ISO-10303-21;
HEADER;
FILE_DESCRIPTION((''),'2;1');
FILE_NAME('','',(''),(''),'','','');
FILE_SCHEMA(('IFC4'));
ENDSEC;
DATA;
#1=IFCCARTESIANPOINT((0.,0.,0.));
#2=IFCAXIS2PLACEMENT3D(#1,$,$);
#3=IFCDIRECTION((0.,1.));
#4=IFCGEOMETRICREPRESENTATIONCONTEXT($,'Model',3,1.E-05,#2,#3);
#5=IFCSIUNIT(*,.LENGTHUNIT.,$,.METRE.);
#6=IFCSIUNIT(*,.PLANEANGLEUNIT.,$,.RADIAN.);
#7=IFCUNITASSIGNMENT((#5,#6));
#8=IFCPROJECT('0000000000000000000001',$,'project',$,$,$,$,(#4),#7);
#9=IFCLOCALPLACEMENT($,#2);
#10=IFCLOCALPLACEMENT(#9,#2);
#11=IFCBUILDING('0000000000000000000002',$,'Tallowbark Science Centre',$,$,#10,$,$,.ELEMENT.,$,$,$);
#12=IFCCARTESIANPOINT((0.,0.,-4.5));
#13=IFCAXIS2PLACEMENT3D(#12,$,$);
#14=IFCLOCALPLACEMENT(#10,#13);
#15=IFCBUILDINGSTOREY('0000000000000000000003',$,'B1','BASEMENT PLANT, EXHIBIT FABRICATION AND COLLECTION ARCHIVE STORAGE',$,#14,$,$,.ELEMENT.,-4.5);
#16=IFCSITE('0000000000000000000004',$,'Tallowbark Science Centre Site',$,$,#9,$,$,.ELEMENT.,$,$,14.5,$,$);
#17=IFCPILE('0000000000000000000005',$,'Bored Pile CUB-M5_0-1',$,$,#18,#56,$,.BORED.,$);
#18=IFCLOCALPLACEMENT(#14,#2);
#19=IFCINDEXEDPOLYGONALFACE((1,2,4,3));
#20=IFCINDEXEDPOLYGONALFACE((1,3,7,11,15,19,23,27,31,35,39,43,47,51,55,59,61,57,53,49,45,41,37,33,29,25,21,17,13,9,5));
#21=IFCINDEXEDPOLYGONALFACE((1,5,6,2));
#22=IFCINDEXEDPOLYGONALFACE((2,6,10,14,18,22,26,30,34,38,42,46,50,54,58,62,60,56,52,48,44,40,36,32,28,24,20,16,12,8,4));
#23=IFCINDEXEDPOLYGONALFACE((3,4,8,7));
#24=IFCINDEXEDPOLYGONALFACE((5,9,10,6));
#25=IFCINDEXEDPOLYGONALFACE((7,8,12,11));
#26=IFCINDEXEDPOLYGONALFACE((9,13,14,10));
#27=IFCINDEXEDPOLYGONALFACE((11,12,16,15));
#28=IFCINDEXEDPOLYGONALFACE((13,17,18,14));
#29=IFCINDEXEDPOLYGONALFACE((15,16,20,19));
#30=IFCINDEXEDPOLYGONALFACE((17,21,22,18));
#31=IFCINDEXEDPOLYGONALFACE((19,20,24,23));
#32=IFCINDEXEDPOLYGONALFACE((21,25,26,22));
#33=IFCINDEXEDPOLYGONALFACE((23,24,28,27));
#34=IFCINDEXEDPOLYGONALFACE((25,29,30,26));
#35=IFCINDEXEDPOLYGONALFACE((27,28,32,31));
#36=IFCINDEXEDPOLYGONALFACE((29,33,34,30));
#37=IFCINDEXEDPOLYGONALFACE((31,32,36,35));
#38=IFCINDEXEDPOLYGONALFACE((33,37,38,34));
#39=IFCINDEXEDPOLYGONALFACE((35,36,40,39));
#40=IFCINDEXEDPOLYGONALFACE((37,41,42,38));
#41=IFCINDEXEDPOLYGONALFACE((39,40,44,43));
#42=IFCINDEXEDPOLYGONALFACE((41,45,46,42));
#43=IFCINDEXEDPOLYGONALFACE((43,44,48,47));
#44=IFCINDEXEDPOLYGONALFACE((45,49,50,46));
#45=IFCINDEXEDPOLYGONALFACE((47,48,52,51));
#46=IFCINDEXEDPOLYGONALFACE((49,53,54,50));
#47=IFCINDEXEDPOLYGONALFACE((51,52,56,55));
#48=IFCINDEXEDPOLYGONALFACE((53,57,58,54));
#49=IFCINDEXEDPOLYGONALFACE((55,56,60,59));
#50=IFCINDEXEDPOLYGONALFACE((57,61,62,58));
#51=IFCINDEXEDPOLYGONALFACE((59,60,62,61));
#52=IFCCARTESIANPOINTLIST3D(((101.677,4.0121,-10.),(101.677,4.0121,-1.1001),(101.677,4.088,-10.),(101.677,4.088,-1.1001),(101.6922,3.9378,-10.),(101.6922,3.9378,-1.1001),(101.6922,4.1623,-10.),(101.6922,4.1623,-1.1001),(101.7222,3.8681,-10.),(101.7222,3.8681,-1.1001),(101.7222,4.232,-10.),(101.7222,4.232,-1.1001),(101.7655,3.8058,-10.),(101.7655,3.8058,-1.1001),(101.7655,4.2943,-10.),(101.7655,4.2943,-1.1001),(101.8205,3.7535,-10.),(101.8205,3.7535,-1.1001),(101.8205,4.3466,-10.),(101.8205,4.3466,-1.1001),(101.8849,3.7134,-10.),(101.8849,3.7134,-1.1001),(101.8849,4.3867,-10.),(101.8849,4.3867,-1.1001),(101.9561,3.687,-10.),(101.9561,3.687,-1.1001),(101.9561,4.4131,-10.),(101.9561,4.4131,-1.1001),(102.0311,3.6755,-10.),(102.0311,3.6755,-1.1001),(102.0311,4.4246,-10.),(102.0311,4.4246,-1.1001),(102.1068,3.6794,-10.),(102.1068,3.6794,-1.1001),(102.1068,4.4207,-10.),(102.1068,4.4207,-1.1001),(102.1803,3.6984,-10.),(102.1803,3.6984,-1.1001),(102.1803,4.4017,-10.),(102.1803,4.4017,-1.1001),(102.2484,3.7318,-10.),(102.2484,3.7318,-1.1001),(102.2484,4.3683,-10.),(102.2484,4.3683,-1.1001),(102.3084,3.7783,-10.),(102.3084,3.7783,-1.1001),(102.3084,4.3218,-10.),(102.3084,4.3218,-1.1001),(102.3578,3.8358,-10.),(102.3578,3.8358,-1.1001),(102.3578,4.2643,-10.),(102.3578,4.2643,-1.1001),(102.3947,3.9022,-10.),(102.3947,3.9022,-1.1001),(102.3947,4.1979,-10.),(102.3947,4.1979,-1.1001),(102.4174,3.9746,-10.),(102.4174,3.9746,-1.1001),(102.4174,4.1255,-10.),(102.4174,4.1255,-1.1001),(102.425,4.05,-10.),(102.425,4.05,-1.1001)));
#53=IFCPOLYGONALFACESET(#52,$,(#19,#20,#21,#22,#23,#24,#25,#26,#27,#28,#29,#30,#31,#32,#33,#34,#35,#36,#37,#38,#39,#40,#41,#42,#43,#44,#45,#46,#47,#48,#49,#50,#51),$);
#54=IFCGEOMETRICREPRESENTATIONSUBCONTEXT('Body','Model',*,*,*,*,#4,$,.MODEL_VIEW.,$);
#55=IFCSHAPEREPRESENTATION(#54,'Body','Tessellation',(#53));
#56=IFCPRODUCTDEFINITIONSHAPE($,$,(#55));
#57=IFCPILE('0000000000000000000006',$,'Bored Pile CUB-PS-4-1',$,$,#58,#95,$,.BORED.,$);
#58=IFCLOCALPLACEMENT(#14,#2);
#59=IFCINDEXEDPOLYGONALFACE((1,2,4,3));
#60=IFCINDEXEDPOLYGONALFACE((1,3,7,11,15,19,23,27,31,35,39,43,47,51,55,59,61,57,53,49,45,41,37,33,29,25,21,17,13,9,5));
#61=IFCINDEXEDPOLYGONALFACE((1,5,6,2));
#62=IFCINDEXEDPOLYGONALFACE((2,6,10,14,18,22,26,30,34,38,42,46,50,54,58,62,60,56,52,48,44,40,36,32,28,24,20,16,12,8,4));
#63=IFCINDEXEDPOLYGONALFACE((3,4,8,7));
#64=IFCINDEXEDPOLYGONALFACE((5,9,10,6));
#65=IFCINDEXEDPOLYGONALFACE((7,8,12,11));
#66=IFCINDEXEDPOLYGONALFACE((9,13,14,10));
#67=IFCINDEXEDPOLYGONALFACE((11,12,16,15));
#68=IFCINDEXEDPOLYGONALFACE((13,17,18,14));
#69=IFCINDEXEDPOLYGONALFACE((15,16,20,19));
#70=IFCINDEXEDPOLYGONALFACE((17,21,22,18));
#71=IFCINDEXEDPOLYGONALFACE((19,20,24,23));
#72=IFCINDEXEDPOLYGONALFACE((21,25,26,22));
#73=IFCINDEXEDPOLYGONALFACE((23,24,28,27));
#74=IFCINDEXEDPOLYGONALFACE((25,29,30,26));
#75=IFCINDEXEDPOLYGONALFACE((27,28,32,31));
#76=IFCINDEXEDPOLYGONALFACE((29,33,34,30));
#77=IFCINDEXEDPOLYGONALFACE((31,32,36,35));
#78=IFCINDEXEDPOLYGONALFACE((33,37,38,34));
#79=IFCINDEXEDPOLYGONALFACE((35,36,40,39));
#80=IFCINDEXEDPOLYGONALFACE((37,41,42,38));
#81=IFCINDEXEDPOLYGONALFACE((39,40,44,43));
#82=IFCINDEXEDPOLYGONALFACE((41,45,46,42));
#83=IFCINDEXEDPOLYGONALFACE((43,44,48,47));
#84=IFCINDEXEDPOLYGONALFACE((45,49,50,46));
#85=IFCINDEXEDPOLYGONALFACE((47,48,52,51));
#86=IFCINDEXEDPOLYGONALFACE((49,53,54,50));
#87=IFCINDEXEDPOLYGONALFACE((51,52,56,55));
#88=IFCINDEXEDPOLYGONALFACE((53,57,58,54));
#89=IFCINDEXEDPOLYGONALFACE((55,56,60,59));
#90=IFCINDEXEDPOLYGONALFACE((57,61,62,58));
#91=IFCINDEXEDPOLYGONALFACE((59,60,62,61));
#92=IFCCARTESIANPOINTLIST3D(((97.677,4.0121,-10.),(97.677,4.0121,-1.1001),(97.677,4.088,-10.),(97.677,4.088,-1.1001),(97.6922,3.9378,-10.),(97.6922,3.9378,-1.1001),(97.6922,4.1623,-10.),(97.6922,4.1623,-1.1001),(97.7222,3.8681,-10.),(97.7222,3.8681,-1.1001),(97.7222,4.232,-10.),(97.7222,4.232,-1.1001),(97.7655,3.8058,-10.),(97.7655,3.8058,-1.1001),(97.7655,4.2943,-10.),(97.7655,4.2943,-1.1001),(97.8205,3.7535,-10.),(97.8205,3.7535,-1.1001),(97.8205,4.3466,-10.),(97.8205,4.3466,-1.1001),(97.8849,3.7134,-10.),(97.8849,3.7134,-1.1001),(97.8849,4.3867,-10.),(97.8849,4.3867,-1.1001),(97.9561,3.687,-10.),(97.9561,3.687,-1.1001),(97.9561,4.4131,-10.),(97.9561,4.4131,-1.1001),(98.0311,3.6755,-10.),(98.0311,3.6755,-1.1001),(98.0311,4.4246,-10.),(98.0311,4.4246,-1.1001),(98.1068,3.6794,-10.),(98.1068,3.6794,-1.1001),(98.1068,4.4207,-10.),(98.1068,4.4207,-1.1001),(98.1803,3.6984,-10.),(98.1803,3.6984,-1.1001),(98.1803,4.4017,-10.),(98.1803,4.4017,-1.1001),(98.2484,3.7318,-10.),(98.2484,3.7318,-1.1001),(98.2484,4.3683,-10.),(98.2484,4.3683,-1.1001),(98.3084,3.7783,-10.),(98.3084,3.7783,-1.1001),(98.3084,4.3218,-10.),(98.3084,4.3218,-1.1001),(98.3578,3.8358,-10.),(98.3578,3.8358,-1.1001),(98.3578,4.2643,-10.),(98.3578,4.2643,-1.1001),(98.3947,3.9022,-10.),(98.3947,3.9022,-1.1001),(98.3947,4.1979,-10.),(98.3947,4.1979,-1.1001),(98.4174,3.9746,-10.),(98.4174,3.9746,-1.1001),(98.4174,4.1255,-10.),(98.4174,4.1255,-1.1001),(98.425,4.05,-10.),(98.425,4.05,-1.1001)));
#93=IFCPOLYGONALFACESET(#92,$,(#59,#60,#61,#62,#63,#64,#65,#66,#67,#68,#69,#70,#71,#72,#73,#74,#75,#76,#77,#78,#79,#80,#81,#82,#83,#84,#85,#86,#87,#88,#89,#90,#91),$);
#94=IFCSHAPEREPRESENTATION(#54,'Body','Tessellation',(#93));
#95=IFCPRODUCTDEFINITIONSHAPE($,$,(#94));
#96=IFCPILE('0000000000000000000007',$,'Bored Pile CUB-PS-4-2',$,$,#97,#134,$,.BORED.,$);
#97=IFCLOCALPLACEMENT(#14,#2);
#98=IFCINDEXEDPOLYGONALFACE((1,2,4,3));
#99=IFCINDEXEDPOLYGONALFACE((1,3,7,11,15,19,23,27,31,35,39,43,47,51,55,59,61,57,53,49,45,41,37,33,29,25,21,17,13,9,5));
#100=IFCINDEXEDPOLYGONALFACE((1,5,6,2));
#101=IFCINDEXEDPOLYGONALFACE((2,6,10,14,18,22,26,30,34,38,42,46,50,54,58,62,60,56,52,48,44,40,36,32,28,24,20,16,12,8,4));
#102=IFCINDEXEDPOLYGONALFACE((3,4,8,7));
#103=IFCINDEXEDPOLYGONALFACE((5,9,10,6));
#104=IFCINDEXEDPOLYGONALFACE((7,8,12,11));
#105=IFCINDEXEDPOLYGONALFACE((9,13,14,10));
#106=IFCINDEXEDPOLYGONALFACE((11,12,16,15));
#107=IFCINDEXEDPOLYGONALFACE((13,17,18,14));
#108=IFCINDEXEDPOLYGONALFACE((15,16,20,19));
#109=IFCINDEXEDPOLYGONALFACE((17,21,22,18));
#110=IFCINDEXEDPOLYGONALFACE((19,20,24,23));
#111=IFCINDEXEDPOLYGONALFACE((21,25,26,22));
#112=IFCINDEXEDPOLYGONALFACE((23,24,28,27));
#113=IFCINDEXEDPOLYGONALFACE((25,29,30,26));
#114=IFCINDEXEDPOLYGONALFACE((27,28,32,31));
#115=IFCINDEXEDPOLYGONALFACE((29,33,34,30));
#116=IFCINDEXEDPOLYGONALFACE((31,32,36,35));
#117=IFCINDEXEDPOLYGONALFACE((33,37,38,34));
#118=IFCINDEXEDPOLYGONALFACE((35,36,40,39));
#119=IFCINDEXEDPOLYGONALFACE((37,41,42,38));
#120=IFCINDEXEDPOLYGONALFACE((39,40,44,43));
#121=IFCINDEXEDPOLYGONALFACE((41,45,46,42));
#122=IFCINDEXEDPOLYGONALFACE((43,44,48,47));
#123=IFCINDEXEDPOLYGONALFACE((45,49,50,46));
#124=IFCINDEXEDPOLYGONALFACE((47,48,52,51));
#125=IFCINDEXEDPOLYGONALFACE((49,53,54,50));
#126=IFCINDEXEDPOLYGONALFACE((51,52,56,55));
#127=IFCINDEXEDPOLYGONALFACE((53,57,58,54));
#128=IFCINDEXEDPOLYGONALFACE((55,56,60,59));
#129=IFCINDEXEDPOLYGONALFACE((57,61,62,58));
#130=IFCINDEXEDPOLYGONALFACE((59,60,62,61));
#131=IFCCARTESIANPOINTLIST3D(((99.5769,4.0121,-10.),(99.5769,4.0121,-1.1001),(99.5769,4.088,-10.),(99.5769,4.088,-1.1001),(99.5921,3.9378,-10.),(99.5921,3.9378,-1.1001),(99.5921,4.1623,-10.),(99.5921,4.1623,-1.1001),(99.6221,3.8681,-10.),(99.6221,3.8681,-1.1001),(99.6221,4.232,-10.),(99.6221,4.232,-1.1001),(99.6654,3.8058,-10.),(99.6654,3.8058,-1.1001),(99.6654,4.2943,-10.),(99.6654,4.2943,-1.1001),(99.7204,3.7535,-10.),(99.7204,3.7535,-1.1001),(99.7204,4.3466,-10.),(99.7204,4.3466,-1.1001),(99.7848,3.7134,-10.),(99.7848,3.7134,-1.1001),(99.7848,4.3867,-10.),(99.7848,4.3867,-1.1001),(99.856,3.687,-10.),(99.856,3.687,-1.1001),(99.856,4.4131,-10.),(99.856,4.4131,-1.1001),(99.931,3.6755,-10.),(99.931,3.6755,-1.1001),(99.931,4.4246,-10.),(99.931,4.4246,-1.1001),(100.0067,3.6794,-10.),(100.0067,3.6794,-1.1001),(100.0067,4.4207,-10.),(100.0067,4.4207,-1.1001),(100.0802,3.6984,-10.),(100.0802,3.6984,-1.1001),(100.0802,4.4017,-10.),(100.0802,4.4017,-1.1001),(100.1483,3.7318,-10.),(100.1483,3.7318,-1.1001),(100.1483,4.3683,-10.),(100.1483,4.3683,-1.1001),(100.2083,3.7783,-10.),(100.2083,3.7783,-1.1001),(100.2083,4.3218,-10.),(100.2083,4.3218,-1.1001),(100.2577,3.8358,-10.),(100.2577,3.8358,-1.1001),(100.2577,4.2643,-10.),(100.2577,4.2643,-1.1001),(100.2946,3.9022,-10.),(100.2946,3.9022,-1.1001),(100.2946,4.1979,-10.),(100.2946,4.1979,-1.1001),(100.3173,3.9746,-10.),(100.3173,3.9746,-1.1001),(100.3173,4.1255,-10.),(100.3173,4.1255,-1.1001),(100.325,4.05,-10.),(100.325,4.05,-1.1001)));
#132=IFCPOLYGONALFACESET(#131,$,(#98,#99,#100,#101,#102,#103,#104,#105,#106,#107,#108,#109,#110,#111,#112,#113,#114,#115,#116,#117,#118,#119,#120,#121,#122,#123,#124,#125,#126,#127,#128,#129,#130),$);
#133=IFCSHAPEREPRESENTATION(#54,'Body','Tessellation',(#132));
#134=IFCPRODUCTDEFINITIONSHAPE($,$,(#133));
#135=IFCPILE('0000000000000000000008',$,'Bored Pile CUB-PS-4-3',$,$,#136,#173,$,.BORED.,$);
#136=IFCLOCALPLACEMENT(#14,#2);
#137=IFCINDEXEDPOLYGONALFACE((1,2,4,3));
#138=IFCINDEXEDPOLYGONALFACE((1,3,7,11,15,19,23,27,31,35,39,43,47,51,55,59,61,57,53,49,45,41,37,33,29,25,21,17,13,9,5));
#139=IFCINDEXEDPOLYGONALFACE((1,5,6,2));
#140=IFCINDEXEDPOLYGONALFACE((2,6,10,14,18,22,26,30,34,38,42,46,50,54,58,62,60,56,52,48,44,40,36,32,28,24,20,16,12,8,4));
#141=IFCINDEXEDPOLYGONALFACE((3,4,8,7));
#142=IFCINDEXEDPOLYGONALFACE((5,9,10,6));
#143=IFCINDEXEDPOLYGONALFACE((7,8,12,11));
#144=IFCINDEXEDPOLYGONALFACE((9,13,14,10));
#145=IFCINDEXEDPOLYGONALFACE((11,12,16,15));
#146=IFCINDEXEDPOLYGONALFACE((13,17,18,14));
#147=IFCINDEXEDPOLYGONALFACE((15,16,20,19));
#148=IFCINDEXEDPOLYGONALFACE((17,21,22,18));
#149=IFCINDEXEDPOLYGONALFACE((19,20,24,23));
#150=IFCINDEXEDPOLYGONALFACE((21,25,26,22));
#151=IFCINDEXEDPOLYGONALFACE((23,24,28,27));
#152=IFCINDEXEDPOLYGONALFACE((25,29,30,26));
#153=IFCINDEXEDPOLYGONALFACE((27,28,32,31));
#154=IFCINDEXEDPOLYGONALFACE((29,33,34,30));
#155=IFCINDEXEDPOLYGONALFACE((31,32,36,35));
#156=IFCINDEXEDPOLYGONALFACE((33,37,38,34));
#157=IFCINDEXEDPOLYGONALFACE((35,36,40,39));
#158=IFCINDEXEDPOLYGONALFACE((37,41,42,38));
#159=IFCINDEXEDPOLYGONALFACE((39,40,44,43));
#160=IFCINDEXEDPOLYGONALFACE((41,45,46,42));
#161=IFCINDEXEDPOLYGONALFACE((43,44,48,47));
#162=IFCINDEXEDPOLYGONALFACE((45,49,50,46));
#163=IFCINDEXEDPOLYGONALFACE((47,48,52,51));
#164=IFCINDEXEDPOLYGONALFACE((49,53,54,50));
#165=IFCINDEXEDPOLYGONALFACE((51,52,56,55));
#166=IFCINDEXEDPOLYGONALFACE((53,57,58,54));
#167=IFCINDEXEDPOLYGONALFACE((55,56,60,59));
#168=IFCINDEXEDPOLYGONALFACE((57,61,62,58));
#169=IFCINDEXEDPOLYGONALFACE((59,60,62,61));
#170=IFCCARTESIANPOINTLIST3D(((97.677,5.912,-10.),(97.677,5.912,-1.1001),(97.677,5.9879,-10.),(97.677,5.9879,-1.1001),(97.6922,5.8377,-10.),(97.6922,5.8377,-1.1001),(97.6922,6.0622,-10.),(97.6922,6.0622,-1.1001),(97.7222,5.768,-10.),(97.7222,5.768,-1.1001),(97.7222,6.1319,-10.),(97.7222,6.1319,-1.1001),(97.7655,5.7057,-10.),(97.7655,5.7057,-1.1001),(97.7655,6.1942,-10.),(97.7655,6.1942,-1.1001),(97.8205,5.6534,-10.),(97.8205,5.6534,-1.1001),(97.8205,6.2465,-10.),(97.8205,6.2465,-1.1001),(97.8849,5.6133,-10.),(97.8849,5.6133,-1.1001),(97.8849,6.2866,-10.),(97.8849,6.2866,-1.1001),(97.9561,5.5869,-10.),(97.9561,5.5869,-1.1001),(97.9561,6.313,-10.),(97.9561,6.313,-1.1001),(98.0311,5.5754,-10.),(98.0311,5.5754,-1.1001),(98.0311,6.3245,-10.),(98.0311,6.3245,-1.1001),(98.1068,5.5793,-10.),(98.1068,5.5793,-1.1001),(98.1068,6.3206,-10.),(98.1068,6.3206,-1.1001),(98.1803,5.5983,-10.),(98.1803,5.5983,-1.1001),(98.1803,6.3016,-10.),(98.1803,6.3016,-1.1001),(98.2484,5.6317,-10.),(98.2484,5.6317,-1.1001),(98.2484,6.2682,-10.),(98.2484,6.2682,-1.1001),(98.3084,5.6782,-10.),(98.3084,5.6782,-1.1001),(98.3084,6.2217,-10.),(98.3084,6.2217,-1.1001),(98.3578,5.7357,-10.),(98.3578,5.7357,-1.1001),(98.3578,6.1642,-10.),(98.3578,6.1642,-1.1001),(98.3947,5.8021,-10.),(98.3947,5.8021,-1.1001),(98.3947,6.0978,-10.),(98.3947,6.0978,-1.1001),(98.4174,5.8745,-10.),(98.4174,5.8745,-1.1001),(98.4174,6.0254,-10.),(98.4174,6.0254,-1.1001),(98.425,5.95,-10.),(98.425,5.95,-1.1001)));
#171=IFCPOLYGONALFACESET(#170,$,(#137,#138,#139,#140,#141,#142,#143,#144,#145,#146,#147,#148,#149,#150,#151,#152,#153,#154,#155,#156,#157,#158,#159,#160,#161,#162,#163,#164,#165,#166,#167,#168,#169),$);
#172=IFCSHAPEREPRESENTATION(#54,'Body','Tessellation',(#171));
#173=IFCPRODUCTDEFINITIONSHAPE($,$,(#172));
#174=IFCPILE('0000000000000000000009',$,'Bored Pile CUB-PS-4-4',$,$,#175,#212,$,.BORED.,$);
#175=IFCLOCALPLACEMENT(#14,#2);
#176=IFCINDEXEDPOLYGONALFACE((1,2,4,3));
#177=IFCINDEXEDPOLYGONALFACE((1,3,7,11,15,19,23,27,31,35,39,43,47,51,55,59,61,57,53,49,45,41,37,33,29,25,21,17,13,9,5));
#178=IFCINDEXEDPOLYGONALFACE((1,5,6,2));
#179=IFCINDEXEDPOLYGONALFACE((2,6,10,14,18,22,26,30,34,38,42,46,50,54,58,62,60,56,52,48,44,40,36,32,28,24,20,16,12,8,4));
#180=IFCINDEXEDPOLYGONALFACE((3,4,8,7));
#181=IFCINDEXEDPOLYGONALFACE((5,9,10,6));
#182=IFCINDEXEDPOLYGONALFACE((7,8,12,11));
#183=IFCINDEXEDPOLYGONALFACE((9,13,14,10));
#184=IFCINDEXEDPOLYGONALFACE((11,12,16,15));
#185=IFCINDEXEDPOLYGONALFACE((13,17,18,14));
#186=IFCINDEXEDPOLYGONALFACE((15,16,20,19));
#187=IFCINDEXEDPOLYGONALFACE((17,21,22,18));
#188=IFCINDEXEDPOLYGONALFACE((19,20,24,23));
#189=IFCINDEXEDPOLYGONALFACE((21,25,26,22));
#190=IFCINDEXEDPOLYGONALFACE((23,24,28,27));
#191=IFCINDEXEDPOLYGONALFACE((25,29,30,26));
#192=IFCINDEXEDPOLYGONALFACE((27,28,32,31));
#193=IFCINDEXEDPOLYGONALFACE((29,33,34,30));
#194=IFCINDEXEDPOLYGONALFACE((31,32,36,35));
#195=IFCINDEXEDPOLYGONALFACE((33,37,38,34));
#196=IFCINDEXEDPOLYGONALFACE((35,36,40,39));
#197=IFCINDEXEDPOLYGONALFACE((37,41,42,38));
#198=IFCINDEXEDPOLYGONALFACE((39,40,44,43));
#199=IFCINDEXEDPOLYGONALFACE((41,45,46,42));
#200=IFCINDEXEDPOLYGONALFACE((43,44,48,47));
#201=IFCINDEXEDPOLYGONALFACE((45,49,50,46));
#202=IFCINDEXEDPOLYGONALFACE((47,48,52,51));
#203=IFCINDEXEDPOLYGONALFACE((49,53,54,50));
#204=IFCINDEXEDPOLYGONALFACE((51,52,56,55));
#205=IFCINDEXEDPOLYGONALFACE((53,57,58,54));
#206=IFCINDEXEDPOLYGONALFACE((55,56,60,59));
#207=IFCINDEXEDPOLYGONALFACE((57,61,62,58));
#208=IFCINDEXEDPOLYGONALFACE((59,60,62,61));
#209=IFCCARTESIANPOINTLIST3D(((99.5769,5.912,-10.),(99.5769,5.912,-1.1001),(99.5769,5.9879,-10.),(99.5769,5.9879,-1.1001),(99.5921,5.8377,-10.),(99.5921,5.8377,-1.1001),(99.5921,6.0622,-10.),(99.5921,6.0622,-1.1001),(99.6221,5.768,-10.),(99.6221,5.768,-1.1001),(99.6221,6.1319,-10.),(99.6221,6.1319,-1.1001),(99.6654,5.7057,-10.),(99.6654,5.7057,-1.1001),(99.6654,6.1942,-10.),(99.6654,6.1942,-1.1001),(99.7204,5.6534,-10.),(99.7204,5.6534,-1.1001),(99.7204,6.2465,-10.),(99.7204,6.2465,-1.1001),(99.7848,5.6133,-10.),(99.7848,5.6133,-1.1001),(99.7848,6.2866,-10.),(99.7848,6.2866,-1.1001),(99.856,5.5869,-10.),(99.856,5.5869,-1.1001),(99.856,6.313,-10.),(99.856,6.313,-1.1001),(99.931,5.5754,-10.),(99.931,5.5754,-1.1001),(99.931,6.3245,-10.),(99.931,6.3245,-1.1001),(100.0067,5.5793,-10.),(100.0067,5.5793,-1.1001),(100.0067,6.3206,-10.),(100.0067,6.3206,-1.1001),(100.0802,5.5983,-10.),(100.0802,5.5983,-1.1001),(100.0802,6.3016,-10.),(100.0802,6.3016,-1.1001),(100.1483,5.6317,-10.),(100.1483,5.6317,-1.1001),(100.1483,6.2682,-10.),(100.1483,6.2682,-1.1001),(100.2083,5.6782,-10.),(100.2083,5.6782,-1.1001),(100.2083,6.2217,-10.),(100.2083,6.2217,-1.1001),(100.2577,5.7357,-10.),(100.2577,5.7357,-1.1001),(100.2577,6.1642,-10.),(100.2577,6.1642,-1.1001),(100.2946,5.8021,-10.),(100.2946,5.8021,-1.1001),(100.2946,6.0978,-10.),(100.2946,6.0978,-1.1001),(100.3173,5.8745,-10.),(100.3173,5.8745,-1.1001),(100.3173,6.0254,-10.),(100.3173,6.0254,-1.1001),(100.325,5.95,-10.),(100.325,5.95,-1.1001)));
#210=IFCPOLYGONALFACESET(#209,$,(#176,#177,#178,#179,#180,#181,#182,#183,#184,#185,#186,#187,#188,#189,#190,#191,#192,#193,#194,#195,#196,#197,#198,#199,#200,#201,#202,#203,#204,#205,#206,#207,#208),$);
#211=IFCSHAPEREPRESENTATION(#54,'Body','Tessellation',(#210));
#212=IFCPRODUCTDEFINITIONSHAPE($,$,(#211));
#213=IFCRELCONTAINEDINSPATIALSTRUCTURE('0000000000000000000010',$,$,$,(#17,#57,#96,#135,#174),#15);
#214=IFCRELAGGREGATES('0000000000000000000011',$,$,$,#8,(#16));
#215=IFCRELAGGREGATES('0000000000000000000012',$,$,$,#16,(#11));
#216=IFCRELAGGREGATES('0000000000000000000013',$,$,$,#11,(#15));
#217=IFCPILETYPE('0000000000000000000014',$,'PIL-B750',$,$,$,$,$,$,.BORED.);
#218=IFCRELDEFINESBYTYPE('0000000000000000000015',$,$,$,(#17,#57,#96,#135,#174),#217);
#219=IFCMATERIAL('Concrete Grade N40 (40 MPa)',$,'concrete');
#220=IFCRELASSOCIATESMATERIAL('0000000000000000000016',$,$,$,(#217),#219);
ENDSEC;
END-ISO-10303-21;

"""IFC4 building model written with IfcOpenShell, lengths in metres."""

from ifc_helpers import new_model, si_unit, direction, frame, origin, origin_2d, place, context, subcontext, project, spatial, circle, extrude, material, material_profile, profile_set, type_object, element, save


model = new_model("IFC4")

# Units and contexts
model_context = context("Model", 3, precision=1e-05, world=origin(), true_north=direction((0.0, 1.0)))
body_context = subcontext(model_context, "Body", "Model", "MODEL_VIEW")
ifc_project = project(units=[si_unit("LENGTHUNIT", "METRE"), si_unit("PLANEANGLEUNIT", "RADIAN")], contexts=[model_context])

# Site, building, storey
site_placement = place(None, origin())
site = spatial("IfcSite", under=ifc_project, at=site_placement, Name="Tallowbark Science Centre Site", CompositionType="ELEMENT", RefElevation=14.5)
building_placement = place(site_placement, origin())
building = spatial("IfcBuilding", under=site, at=building_placement, Name="Tallowbark Science Centre", CompositionType="ELEMENT")
storey_placement = place(building_placement, frame((0.0, 0.0, -4.5)))
storey = spatial("IfcBuildingStorey", under=building, at=storey_placement, Name="B1", Description="BASEMENT PLANT, EXHIBIT FABRICATION AND COLLECTION ARCHIVE STORAGE", CompositionType="ELEMENT", Elevation=-4.5)

# Shared definitions
ifc_material_1 = material(Name="Concrete Grade N40 (40 MPa)", Category="concrete")

# Piles
ifc_material_profile_1 = material_profile(ifc_material_1, circle(Radius=0.375, at=origin_2d()), Name="PILE750")
ifc_profile_set_1 = profile_set([ifc_material_profile_1], Name="Concrete Grade N40 (40 MPa)")
pile_type = type_object("IfcPileType", Name="PIL-B750", PredefinedType="BORED", material=ifc_profile_set_1)
for number, where, z_axis, x_axis, name in (
    (1, (102.05, 4.05, -1.1001), (0.0, 0.0, -1.0), (1.0, 0.0, 0.0), "Bored Pile CUB-M5_0-1"),
    (2, (98.05, 4.05, -1.1001), (0.0, 0.0, -1.0), (1.0, 0.0, 0.0), "Bored Pile CUB-PS-4-1"),
    (3, (99.95, 4.05, -1.1001), (0.0, 0.0, -1.0), (1.0, 0.0, 0.0), "Bored Pile CUB-PS-4-2"),
    (4, (98.05, 5.95, -1.1001), (0.0, 0.0, -1.0), (1.0, 0.0, 0.0), "Bored Pile CUB-PS-4-3"),
    (5, (99.95, 5.95, -1.1001), (0.0, 0.0, -1.0), (1.0, 0.0, 0.0), "Bored Pile CUB-PS-4-4"),
):
    element("IfcPile", number, at=place(storey_placement, frame(where, z_axis=z_axis, x_axis=x_axis)), inside=storey, type_object=pile_type, Name=name, PredefinedType="BORED", context=body_context, shape_type="SweptSolid", body=[
        extrude(circle(Radius=0.375, at=origin_2d()), origin(), (0.0, 0.0, 1.0), 8.8999),
    ])

save(model, "model.ifc")
